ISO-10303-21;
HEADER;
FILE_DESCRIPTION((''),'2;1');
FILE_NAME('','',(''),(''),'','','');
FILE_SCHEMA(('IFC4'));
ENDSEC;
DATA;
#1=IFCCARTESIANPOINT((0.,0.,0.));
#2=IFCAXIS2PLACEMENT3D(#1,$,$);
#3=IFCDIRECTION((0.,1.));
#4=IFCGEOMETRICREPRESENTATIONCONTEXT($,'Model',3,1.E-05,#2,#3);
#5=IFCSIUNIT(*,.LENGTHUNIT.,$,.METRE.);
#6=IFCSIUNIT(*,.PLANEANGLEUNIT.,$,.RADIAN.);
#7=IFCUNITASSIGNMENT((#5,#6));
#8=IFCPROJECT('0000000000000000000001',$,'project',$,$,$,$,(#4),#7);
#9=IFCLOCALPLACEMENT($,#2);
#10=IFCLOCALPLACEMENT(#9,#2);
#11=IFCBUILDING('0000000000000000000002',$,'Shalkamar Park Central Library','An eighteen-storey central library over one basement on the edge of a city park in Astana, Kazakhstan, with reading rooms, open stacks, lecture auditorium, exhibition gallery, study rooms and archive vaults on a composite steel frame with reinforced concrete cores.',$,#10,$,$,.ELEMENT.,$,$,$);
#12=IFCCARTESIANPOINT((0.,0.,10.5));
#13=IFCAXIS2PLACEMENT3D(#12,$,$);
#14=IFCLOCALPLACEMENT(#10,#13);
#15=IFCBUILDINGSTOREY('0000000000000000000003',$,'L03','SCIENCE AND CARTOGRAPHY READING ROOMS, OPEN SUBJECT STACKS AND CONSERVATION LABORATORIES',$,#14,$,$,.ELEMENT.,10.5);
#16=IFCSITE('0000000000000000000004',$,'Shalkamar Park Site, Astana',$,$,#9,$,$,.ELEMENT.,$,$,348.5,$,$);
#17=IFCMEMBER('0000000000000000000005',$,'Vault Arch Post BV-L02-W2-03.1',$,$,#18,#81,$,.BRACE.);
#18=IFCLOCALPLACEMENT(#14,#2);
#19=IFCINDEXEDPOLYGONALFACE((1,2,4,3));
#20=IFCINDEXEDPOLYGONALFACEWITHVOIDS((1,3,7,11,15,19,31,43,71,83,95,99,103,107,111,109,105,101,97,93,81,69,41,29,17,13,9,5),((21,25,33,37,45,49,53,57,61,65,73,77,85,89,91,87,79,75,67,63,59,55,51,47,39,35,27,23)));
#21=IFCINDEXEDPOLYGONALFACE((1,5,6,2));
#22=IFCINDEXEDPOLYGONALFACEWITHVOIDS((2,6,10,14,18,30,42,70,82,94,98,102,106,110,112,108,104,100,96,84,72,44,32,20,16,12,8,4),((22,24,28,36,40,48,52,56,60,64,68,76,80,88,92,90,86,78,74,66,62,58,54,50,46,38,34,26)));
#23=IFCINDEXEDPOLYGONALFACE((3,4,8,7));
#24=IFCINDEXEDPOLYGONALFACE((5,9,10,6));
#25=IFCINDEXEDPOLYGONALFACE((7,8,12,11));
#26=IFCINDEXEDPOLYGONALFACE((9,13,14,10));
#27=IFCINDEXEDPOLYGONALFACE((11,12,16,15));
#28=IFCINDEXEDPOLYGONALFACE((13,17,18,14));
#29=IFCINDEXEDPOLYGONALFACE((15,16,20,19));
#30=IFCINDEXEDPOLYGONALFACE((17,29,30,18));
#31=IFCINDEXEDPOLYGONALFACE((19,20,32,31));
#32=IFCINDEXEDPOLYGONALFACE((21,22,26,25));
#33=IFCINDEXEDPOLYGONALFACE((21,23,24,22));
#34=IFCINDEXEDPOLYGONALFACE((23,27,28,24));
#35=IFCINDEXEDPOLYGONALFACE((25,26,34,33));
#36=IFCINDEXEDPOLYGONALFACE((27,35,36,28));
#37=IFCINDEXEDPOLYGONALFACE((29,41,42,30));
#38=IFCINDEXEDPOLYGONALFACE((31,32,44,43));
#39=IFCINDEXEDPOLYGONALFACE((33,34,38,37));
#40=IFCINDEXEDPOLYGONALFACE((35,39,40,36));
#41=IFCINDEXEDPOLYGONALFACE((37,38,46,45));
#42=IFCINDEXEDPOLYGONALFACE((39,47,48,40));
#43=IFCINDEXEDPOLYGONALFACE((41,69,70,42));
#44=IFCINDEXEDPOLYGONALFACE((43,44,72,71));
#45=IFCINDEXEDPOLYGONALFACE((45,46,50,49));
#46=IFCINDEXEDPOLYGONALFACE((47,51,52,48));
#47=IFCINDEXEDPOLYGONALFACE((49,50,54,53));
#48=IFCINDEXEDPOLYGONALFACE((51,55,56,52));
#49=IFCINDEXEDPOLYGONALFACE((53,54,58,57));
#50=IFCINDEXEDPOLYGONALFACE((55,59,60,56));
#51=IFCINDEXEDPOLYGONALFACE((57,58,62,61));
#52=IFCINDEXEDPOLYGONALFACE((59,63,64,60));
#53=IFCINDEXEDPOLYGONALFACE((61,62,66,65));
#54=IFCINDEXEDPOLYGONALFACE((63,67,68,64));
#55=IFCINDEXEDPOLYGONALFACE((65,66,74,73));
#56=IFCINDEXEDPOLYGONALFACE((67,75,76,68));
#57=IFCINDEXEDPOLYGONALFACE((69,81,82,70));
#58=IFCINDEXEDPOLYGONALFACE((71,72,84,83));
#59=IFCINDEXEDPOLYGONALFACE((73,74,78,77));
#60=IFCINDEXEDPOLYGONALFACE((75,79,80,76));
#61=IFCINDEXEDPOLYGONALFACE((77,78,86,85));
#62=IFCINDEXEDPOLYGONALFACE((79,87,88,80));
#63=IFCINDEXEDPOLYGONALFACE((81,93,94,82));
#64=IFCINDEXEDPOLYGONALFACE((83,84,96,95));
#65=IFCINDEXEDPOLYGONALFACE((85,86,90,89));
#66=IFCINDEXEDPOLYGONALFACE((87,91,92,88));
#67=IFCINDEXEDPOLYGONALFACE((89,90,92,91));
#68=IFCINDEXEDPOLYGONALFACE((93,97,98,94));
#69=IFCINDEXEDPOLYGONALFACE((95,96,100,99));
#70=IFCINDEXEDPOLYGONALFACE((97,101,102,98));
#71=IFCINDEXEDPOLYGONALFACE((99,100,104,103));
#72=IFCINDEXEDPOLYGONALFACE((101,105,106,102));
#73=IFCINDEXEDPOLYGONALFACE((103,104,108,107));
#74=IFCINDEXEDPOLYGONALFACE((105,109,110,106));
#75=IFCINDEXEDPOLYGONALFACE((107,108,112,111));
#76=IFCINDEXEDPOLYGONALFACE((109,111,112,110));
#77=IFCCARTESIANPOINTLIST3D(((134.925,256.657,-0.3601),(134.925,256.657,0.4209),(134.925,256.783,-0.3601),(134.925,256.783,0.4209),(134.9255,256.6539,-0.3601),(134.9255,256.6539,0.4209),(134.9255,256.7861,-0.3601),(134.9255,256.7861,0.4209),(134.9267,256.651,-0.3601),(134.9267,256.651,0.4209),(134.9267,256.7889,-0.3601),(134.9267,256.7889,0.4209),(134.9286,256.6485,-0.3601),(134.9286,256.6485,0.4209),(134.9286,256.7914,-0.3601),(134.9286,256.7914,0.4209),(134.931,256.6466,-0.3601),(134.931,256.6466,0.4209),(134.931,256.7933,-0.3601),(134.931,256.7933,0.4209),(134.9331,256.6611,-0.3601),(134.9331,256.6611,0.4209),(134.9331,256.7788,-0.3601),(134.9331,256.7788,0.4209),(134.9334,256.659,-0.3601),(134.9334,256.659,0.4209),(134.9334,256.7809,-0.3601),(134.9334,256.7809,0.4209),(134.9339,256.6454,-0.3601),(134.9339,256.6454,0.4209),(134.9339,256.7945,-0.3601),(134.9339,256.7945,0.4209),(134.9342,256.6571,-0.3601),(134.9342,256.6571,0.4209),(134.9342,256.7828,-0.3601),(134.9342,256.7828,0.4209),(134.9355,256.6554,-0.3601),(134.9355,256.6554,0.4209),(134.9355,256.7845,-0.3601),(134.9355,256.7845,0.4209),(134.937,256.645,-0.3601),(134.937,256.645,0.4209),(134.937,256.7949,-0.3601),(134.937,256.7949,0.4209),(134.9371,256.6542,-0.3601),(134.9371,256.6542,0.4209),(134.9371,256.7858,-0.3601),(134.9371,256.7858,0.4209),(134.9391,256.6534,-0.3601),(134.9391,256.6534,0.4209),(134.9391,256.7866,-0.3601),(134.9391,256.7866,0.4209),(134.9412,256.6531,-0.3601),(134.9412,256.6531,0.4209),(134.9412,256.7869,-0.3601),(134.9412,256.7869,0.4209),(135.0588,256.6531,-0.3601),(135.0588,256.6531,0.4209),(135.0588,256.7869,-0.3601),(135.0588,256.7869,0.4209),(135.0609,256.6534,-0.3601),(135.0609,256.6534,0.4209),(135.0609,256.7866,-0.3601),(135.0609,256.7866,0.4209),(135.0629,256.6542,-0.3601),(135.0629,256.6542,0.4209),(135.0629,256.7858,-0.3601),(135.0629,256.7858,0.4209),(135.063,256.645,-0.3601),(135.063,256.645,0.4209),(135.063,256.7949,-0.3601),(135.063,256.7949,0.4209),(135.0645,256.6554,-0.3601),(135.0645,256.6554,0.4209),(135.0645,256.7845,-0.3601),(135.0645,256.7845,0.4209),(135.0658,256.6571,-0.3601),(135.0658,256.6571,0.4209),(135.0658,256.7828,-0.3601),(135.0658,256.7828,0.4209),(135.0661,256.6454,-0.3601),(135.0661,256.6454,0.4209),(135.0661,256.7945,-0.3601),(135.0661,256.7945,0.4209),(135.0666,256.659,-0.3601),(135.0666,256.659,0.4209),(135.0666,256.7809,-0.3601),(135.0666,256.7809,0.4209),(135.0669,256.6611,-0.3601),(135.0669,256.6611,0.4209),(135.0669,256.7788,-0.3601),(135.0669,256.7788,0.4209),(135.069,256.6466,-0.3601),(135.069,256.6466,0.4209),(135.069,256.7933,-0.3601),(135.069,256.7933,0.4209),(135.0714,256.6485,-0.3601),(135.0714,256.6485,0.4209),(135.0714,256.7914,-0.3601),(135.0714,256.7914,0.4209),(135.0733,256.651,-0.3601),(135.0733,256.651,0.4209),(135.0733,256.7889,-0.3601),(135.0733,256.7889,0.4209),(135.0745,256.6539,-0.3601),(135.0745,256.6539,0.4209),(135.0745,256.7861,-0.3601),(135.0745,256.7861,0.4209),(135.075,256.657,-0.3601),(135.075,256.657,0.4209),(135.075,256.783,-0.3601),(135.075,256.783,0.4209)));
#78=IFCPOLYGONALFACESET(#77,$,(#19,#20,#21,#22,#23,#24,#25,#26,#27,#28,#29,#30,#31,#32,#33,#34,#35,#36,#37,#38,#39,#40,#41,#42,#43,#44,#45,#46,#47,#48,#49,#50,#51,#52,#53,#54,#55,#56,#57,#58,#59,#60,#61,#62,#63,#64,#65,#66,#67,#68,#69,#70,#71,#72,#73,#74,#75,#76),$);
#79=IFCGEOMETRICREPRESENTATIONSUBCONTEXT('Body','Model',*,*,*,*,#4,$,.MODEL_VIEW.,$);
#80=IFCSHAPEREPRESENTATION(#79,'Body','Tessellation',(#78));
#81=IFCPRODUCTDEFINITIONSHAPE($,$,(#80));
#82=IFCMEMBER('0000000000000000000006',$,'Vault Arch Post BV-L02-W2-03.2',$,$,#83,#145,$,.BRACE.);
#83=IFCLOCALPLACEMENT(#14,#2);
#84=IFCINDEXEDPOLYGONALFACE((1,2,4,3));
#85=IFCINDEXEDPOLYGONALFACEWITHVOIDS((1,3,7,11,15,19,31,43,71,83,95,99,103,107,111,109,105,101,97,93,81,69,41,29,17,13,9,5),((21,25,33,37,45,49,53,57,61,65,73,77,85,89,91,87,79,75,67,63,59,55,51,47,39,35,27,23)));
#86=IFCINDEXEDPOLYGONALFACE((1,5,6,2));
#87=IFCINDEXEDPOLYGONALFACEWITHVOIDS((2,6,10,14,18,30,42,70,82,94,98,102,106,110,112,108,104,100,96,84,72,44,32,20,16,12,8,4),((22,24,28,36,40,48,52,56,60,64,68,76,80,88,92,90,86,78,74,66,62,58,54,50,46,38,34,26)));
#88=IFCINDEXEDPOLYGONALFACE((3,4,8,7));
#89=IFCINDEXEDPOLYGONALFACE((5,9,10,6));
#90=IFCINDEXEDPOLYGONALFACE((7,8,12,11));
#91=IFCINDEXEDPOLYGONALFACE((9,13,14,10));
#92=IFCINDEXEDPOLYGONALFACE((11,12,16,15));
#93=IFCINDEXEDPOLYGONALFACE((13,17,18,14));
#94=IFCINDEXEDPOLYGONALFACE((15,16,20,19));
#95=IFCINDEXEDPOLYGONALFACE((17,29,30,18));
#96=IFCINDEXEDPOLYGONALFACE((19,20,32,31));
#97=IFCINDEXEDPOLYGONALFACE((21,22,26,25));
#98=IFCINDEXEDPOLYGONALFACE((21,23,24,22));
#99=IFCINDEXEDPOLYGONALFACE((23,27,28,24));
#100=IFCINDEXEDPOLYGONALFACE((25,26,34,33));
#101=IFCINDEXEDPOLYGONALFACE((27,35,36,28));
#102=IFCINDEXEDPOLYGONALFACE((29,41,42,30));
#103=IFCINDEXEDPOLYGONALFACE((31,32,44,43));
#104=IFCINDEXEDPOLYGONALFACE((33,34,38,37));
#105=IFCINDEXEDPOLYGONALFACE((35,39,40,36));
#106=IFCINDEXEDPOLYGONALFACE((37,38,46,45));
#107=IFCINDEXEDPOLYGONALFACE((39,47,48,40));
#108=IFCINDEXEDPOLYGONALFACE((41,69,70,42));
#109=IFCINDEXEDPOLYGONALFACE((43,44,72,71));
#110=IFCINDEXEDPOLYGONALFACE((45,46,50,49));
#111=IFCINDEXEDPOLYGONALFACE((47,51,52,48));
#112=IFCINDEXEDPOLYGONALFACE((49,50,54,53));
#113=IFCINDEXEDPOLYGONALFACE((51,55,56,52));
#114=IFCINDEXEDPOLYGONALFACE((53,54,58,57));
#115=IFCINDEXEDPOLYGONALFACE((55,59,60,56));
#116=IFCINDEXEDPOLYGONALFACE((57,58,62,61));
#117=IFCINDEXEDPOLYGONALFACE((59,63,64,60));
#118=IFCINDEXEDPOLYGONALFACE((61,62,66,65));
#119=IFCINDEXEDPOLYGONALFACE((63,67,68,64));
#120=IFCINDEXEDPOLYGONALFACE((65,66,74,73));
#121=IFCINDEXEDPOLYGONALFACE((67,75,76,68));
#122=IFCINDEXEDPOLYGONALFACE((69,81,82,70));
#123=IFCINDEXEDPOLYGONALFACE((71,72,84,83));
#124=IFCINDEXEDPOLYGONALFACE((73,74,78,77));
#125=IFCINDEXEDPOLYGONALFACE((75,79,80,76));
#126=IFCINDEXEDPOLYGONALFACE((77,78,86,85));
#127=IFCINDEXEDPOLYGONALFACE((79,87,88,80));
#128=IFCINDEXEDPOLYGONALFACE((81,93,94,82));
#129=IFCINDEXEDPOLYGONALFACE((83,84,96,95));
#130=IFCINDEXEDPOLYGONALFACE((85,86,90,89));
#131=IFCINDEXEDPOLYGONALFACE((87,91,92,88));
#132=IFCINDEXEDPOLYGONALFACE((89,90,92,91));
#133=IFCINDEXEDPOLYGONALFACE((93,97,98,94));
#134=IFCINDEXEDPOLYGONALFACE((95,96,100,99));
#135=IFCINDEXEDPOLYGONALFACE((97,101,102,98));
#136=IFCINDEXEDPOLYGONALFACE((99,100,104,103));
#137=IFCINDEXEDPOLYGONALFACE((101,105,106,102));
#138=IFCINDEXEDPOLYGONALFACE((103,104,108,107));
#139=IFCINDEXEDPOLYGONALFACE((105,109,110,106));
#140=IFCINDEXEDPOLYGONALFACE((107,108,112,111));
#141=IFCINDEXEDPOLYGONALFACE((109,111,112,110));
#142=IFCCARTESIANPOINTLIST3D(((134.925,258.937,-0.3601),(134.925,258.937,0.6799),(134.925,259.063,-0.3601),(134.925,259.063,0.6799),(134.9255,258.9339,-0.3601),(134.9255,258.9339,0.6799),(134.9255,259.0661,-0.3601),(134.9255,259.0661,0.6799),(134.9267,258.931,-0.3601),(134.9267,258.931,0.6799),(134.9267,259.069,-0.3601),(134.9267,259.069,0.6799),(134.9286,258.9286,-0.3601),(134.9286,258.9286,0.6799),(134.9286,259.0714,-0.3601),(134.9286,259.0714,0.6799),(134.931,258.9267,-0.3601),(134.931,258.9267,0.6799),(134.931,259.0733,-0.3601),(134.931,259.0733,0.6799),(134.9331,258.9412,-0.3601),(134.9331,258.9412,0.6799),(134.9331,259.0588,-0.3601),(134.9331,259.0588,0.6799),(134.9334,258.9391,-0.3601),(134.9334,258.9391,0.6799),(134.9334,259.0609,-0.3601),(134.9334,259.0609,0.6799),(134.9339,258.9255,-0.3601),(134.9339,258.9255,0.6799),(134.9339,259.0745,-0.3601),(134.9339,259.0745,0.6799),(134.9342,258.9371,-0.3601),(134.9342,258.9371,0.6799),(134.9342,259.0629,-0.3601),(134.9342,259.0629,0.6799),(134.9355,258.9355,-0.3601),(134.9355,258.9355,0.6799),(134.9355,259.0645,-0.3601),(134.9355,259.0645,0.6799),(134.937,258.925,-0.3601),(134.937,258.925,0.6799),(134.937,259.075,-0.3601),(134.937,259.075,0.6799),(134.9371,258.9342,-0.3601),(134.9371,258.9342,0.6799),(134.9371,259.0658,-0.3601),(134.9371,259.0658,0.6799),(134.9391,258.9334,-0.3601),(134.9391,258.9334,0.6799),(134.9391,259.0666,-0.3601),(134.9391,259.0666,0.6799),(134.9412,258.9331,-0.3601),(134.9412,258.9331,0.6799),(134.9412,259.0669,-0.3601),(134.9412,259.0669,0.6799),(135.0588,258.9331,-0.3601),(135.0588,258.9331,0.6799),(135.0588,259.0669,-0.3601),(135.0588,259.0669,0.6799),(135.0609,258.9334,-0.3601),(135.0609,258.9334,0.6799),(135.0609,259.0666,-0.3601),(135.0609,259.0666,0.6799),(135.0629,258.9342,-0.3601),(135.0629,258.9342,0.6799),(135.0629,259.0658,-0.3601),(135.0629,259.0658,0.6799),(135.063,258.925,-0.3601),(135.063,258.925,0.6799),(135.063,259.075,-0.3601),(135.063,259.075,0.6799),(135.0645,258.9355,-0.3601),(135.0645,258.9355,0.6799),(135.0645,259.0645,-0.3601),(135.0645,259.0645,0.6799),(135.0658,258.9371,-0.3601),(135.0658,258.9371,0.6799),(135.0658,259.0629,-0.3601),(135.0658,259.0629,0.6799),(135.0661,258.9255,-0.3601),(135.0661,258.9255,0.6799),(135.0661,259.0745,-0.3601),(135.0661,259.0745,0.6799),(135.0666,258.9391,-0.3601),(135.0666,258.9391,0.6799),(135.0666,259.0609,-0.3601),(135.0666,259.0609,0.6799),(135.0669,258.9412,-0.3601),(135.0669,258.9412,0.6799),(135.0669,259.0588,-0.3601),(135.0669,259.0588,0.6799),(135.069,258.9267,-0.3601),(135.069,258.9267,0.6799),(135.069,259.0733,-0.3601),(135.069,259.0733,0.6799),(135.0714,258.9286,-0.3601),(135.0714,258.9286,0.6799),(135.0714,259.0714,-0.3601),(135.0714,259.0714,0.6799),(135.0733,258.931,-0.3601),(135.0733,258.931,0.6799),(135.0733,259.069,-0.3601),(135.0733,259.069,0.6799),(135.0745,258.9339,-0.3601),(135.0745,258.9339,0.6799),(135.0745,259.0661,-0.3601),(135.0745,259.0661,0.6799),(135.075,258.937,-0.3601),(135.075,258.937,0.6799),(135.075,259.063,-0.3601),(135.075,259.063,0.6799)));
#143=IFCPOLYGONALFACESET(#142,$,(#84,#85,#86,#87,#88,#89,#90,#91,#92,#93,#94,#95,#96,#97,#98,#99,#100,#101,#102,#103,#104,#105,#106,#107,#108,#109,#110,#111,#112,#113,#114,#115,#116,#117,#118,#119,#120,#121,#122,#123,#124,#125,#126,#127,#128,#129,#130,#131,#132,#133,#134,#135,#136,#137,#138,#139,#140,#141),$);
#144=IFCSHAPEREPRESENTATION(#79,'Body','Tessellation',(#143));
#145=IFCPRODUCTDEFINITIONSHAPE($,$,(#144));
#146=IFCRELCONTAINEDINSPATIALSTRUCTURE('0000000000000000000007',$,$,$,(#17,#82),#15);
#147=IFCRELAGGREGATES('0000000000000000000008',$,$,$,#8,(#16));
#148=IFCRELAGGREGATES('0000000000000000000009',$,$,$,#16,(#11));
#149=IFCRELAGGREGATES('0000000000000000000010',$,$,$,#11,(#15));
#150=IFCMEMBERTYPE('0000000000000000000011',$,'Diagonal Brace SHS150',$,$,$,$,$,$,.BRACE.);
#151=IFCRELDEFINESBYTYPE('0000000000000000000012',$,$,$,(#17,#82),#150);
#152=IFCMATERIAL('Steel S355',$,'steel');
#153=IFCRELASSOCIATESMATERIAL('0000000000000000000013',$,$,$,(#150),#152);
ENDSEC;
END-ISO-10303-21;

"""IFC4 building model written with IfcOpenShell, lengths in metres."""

from ifc_helpers import new_model, si_unit, direction, frame, origin, origin_2d, place, context, subcontext, project, spatial, hollow_rectangle, extrude, material, material_profile, profile_set, type_object, element, save


model = new_model("IFC4")

# Units and contexts
model_context = context("Model", 3, precision=1e-05, world=origin(), true_north=direction((0.0, 1.0)))
body_context = subcontext(model_context, "Body", "Model", "MODEL_VIEW")
ifc_project = project(units=[si_unit("LENGTHUNIT", "METRE"), si_unit("PLANEANGLEUNIT", "RADIAN")], contexts=[model_context])

# Site, building, storey
site_placement = place(None, origin())
site = spatial("IfcSite", under=ifc_project, at=site_placement, Name="Shalkamar Park Site, Astana", CompositionType="ELEMENT", RefElevation=348.5)
building_placement = place(site_placement, origin())
building = spatial("IfcBuilding", under=site, at=building_placement, Name="Shalkamar Park Central Library", Description="An eighteen-storey central library over one basement on the edge of a city park in Astana, Kazakhstan, with reading rooms, open stacks, lecture auditorium, exhibition gallery, study rooms and archive vaults on a composite steel frame with reinforced concrete cores.", CompositionType="ELEMENT")
storey_placement = place(building_placement, frame((0.0, 0.0, 10.5)))
storey = spatial("IfcBuildingStorey", under=building, at=storey_placement, Name="L03", Description="SCIENCE AND CARTOGRAPHY READING ROOMS, OPEN SUBJECT STACKS AND CONSERVATION LABORATORIES", CompositionType="ELEMENT", Elevation=10.5)

# Members
ifc_material_1 = material(Name="Steel S355", Category="steel")
ifc_material_profile_1 = material_profile(ifc_material_1, hollow_rectangle(XDim=0.1499, YDim=0.1499, WallThickness=0.0081, InnerFilletRadius=0.0081, OuterFilletRadius=0.012, at=origin_2d()), Name="SHS 150x150x8")
ifc_profile_set_1 = profile_set([ifc_material_profile_1], Name="Steel S355")
member_type_1 = type_object("IfcMemberType", Name="Diagonal Brace SHS150", PredefinedType="BRACE", material=ifc_profile_set_1)
for number, where, z_axis, x_axis, name in (
    (1, (135.0, 256.72, -0.3601), (0.0, 0.0, 1.0), (1.0, 0.0, 0.0), "Vault Arch Post BV-L02-W2-03.1"),
):
    element("IfcMember", number, at=place(storey_placement, frame(where, z_axis=z_axis, x_axis=x_axis)), inside=storey, type_object=member_type_1, Name=name, PredefinedType="BRACE", context=body_context, shape_type="SweptSolid", body=[
        extrude(hollow_rectangle(XDim=0.1499, YDim=0.1499, WallThickness=0.0081, InnerFilletRadius=0.0081, OuterFilletRadius=0.012, at=origin_2d()), origin(), (0.0, 0.0, 1.0), 0.781),
    ])
member_1_placement = place(storey_placement, frame((135.0, 259.0, -0.3601), z_axis=(0.0, 0.0, 1.0), x_axis=(1.0, 0.0, 0.0)))
element("IfcMember", 2, at=member_1_placement, inside=storey, type_object=member_type_1, Name="Vault Arch Post BV-L02-W2-03.2", PredefinedType="BRACE", context=body_context, shape_type="SweptSolid", body=[
    extrude(hollow_rectangle(XDim=0.1499, YDim=0.1499, WallThickness=0.0081, InnerFilletRadius=0.0081, OuterFilletRadius=0.012, at=origin_2d()), origin(), (0.0, 0.0, 1.0), 1.04),
])

save(model, "model.ifc")
